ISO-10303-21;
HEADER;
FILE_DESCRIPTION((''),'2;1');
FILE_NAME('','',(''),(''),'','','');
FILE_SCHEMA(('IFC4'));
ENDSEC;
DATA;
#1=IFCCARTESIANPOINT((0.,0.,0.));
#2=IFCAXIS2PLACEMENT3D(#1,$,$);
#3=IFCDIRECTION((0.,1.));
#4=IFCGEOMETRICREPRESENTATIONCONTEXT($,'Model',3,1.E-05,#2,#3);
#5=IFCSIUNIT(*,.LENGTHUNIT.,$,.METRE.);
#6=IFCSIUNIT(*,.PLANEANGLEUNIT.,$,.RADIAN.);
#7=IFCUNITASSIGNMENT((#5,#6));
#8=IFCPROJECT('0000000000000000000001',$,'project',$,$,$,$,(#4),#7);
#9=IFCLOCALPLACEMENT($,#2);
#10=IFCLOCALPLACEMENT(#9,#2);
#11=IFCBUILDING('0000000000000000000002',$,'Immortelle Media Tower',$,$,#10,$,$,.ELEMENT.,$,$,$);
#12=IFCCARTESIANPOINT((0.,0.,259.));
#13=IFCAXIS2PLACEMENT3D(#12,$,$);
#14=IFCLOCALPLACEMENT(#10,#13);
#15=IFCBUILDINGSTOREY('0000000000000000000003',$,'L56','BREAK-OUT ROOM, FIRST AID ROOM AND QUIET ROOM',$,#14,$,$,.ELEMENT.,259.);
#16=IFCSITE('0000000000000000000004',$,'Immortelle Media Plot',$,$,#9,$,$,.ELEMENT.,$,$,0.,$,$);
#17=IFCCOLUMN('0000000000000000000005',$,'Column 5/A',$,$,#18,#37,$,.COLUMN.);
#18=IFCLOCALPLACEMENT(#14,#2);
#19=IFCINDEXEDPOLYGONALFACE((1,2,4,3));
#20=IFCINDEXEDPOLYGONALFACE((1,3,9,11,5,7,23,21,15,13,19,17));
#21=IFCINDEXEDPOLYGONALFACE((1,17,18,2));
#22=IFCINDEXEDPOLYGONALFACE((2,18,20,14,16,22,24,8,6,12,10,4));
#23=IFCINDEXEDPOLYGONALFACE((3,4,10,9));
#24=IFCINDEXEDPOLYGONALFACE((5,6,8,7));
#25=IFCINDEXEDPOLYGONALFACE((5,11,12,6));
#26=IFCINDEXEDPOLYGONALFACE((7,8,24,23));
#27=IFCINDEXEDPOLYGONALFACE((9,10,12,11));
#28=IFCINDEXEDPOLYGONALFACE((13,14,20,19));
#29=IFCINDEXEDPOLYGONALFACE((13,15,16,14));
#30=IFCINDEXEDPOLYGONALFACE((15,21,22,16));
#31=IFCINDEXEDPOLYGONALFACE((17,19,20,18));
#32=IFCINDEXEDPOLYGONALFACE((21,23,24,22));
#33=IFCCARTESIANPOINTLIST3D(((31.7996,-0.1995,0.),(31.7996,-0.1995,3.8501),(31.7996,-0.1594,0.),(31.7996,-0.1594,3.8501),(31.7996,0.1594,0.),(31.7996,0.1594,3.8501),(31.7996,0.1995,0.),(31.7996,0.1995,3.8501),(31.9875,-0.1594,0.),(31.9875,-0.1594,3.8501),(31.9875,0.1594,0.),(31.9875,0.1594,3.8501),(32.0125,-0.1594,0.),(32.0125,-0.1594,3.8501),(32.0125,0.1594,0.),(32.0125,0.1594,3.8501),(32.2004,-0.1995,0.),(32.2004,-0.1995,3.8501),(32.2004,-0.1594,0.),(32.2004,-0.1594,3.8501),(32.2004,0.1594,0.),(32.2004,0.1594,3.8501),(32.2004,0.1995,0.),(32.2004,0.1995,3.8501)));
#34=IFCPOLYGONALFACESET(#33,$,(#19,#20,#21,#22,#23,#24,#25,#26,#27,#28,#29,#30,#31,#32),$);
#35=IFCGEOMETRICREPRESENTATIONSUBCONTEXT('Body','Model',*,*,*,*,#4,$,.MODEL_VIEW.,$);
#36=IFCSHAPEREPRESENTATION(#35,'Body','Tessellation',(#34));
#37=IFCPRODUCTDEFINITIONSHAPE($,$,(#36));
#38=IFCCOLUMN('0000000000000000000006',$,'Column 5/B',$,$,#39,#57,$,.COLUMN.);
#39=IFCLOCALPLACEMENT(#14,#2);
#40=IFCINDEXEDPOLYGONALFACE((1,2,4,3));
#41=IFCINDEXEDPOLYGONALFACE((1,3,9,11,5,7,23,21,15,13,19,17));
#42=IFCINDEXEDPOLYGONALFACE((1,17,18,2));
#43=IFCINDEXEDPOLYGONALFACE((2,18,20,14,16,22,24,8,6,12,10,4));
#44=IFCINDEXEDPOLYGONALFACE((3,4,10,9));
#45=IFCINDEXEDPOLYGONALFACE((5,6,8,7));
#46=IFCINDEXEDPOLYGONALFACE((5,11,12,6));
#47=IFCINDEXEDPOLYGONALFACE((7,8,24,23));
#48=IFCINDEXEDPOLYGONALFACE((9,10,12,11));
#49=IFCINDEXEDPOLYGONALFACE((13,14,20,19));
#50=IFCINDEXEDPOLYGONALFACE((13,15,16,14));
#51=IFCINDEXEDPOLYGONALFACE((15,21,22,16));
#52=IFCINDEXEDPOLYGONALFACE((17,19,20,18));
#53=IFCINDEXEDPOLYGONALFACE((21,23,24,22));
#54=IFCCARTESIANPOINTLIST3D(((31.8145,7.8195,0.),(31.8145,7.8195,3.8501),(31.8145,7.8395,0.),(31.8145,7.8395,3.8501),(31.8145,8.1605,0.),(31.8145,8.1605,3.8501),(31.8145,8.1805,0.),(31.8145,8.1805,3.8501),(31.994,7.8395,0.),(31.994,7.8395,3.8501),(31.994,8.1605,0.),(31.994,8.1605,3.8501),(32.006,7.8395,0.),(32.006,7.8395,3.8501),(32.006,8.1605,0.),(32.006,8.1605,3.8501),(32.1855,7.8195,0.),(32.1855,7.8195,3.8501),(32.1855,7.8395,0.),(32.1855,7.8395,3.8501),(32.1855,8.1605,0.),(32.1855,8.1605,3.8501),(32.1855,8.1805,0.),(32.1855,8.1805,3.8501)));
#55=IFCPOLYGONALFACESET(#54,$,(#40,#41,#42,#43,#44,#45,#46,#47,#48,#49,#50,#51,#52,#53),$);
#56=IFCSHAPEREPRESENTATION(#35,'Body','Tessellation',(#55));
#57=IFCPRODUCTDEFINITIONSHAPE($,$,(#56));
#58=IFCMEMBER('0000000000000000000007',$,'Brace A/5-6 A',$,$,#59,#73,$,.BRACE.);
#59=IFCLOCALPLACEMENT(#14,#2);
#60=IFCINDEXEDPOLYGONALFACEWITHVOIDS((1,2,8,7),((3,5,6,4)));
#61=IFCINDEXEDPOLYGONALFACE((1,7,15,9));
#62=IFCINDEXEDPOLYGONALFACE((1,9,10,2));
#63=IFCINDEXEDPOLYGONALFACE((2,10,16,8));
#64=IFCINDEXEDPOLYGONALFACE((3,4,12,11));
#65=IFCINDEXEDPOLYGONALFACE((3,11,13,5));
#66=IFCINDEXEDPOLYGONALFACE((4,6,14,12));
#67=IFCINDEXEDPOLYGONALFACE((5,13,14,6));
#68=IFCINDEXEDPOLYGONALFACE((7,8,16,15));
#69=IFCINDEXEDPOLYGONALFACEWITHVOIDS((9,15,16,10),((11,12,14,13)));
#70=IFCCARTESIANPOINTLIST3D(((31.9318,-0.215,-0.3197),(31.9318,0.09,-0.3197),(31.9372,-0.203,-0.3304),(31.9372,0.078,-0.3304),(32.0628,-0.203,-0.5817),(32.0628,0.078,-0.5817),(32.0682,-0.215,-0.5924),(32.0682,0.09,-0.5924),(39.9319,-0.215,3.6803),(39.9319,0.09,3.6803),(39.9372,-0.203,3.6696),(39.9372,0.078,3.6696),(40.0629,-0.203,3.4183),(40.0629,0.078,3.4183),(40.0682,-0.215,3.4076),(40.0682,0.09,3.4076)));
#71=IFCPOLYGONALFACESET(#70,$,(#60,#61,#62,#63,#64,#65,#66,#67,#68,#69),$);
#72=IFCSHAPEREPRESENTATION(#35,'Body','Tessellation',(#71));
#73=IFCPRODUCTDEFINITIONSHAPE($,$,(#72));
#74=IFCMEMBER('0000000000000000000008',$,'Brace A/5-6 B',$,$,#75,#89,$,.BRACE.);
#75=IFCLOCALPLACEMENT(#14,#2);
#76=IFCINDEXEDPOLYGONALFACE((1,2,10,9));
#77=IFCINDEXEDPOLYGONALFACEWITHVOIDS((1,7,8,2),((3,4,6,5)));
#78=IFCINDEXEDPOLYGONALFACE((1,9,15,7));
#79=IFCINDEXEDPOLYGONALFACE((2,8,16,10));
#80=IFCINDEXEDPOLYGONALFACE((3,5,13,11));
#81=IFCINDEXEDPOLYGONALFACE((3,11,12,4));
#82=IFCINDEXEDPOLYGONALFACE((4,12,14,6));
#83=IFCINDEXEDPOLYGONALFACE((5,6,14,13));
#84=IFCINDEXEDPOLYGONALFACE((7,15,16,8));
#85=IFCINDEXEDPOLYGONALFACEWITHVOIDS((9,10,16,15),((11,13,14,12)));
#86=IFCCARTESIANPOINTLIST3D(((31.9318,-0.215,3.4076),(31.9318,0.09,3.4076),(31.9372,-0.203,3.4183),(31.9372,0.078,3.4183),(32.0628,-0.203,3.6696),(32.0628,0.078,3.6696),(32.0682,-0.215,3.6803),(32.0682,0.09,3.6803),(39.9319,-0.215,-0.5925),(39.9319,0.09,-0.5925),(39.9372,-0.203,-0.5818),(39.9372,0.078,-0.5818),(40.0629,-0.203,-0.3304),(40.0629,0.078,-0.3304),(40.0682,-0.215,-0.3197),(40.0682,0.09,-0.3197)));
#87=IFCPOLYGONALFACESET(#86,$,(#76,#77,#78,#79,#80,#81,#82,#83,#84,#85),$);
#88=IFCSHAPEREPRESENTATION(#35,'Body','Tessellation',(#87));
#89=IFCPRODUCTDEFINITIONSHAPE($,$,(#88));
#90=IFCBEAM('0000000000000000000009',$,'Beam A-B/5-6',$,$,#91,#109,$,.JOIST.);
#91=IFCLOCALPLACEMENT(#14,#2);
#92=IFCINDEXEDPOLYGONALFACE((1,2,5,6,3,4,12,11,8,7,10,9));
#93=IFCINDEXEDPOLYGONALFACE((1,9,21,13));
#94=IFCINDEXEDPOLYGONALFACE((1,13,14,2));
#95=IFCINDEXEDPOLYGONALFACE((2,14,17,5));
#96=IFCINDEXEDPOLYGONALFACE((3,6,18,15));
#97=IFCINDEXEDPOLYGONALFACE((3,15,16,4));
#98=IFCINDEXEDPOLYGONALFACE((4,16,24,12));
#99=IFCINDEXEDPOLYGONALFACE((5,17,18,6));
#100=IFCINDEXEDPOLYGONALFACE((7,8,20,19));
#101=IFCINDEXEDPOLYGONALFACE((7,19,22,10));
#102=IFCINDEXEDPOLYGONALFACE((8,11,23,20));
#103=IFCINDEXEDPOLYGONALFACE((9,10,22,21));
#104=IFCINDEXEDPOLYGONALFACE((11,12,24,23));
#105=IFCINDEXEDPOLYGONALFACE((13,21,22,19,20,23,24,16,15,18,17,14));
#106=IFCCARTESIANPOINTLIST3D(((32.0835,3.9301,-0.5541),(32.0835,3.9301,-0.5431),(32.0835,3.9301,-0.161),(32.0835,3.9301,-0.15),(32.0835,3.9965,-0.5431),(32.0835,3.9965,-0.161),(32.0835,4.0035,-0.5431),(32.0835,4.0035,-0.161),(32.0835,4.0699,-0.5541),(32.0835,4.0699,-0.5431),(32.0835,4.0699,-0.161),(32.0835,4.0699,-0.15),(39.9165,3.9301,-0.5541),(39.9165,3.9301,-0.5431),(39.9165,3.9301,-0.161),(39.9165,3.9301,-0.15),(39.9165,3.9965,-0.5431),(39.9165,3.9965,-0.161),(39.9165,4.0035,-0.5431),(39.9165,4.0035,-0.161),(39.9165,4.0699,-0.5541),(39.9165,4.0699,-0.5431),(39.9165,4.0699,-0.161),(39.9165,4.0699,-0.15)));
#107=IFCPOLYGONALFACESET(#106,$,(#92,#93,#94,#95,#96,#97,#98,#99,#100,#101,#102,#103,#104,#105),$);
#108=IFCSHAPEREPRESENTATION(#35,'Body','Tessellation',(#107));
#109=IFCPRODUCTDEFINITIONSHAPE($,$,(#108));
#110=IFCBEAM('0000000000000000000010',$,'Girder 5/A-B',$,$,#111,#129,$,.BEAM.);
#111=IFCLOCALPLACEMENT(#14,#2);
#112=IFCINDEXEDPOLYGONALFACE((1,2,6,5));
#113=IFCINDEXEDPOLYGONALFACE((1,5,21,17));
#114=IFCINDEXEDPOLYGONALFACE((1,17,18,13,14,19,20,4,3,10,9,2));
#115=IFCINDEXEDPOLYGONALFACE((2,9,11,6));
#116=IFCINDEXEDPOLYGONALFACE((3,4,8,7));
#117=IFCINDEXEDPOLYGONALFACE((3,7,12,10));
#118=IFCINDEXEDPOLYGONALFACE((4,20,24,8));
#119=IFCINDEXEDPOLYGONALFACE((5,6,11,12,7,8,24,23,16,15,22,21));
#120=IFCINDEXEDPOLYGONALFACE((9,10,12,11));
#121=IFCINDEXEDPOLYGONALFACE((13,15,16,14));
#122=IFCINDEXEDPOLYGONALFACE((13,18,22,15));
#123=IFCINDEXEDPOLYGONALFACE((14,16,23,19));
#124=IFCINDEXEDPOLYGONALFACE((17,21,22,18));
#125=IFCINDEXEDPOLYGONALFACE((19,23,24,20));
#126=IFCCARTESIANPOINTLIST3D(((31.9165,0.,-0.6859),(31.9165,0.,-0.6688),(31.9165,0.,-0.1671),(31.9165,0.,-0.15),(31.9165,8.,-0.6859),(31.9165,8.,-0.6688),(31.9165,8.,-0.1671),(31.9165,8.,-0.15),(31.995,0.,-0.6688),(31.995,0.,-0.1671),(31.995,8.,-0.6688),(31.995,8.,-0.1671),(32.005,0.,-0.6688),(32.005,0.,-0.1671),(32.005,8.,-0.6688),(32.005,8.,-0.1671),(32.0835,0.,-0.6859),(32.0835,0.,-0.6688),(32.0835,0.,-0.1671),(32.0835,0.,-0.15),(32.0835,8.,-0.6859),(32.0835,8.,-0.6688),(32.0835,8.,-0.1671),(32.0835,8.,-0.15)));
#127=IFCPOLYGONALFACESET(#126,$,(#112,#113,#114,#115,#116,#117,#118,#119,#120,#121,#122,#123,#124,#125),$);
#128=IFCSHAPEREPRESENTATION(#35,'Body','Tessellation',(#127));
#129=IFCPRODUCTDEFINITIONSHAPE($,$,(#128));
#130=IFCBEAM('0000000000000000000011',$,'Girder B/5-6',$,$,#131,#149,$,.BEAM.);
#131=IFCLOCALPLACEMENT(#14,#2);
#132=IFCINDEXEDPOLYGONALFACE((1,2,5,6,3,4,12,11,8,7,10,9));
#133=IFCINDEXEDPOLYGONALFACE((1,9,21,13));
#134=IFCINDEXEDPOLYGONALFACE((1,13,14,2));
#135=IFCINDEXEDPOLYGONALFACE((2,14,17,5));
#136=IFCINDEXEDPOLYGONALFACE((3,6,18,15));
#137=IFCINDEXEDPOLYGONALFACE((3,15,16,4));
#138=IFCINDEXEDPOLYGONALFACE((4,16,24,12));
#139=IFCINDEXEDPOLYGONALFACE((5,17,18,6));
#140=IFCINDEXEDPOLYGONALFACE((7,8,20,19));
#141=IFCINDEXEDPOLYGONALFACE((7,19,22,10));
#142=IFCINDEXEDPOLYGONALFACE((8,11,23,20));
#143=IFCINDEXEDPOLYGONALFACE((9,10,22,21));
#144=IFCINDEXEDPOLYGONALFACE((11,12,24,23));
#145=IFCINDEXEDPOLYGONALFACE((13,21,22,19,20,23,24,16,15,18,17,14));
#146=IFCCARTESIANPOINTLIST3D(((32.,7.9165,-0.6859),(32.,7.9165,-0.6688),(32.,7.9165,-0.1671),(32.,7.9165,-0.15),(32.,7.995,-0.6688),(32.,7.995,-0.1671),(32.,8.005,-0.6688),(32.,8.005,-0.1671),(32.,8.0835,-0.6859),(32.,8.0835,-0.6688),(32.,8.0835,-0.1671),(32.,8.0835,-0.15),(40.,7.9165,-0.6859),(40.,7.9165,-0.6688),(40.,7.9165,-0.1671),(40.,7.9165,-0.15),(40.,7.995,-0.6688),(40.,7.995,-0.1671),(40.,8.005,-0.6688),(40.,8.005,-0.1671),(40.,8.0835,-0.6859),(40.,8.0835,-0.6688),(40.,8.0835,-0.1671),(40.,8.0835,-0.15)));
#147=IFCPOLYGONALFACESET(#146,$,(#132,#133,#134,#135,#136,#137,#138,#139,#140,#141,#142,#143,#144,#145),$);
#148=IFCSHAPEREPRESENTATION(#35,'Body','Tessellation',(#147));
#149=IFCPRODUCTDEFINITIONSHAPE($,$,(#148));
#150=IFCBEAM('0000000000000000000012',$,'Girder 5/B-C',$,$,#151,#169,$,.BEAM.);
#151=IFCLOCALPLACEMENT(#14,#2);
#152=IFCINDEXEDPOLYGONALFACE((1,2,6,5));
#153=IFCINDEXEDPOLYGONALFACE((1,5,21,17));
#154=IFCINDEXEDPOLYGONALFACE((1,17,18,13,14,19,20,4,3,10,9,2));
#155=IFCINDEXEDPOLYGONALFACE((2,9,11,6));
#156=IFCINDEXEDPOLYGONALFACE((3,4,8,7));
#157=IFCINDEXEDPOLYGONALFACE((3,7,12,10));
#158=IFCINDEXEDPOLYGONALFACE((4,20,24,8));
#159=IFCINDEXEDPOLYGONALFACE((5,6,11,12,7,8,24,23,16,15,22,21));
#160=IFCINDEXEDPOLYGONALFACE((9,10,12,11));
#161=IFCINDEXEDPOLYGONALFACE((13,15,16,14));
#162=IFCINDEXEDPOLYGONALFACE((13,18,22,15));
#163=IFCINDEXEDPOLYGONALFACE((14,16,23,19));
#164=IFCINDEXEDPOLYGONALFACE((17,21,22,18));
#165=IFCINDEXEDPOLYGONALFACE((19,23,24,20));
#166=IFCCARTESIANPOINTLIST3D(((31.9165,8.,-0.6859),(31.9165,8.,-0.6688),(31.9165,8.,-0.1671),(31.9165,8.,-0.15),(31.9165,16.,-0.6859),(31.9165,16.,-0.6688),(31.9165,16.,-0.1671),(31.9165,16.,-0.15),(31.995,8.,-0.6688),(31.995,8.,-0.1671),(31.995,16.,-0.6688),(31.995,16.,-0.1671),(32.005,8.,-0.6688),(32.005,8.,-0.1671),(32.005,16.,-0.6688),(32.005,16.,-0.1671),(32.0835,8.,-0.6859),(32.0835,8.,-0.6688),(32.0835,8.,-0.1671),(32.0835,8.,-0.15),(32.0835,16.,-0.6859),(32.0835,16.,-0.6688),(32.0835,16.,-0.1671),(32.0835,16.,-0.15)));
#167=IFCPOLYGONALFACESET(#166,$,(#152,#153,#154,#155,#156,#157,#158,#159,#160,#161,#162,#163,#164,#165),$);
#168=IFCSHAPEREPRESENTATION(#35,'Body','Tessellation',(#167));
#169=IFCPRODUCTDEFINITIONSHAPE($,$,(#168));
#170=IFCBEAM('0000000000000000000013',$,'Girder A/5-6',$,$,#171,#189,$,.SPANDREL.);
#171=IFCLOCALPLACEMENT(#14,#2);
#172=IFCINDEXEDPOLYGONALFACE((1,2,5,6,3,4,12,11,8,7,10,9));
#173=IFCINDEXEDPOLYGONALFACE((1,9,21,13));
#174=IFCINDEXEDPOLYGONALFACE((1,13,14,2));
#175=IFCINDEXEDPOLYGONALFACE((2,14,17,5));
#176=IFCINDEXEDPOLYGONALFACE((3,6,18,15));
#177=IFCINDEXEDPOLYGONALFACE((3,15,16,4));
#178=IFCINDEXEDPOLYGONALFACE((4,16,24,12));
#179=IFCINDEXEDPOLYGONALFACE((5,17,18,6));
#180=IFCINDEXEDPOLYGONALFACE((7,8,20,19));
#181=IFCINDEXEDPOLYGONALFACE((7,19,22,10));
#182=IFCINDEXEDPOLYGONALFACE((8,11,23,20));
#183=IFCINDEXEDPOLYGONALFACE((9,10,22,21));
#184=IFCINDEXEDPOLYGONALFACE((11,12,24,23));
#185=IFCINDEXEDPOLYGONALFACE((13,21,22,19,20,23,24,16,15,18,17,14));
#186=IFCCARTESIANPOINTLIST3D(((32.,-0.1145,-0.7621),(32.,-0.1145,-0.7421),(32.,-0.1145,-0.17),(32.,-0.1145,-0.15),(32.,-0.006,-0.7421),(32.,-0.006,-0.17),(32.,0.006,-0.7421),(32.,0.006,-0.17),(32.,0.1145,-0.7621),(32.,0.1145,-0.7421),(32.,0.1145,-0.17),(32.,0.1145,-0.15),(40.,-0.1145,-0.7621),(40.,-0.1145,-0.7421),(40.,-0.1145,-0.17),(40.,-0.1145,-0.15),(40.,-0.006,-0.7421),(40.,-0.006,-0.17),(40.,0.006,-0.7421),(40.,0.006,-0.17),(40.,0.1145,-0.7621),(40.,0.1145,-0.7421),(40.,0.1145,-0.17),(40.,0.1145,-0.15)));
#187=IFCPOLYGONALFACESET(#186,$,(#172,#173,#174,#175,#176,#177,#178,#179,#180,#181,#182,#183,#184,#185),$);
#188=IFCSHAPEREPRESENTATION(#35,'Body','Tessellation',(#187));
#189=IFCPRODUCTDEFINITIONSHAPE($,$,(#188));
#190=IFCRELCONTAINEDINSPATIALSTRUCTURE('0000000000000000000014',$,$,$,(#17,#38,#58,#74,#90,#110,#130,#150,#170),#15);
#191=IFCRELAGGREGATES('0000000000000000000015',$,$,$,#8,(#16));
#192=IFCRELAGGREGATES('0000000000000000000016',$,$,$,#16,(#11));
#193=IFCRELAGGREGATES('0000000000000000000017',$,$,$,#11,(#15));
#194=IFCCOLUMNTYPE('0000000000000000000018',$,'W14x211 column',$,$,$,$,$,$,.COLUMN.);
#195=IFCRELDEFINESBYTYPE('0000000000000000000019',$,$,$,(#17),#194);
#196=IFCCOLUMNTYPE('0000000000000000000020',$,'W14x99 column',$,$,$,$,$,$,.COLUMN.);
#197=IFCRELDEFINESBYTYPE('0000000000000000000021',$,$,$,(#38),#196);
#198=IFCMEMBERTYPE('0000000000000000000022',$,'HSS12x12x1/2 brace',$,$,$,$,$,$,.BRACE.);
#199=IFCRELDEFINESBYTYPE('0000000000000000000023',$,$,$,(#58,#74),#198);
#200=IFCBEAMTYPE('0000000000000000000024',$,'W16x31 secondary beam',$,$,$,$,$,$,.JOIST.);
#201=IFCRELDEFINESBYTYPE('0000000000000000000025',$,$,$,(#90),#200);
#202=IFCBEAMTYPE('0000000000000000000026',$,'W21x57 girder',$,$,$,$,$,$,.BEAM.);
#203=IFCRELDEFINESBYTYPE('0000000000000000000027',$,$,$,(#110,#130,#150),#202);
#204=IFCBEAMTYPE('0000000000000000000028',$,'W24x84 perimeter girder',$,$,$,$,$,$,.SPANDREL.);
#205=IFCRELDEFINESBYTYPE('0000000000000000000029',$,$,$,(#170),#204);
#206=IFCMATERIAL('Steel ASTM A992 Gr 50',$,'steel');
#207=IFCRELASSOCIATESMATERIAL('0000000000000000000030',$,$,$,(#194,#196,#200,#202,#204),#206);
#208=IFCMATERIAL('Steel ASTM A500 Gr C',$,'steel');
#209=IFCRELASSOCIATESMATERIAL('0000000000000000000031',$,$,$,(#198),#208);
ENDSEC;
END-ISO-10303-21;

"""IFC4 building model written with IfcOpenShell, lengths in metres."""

from ifc_helpers import new_model, si_unit, direction, frame, origin, origin_2d, place, context, subcontext, project, spatial, hollow_rectangle, i_section, extrude, material, material_profile, profile_set, type_object, element, save


model = new_model("IFC4")

# Units and contexts
model_context = context("Model", 3, precision=1e-05, world=origin(), true_north=direction((0.0, 1.0)))
body_context = subcontext(model_context, "Body", "Model", "MODEL_VIEW")
ifc_project = project(units=[si_unit("LENGTHUNIT", "METRE"), si_unit("PLANEANGLEUNIT", "RADIAN")], contexts=[model_context])

# Site, building, storey
site_placement = place(None, origin())
site = spatial("IfcSite", under=ifc_project, at=site_placement, Name="Immortelle Media Plot", CompositionType="ELEMENT", RefElevation=0.0)
building_placement = place(site_placement, origin())
building = spatial("IfcBuilding", under=site, at=building_placement, Name="Immortelle Media Tower", CompositionType="ELEMENT")
storey_placement = place(building_placement, frame((0.0, 0.0, 259.0)))
storey = spatial("IfcBuildingStorey", under=building, at=storey_placement, Name="L56", Description="BREAK-OUT ROOM, FIRST AID ROOM AND QUIET ROOM", CompositionType="ELEMENT", Elevation=259.0)

# Columns
ifc_material_1 = material(Name="Steel ASTM A992 Gr 50", Category="steel")
ifc_material_profile_1 = material_profile(ifc_material_1, i_section(OverallWidth=0.4009, OverallDepth=0.3989, WebThickness=0.0249, FlangeThickness=0.04, at=origin_2d()), Name="W14x211")
ifc_profile_set_1 = profile_set([ifc_material_profile_1], Name="Steel ASTM A992 Gr 50")
column_type_1 = type_object("IfcColumnType", Name="W14x211 column", PredefinedType="COLUMN", material=ifc_profile_set_1)
column_1_placement = place(storey_placement, frame((32.0, 0.0, 0.0), z_axis=(0.0, 0.0, 1.0), x_axis=(1.0, 0.0, 0.0)))
element("IfcColumn", 1, at=column_1_placement, inside=storey, type_object=column_type_1, Name="Column 5/A", PredefinedType="COLUMN", context=body_context, shape_type="SweptSolid", body=[
    extrude(i_section(OverallWidth=0.4009, OverallDepth=0.3989, WebThickness=0.0249, FlangeThickness=0.04, at=origin_2d()), origin(), (0.0, 0.0, 1.0), 3.8501),
])
ifc_material_profile_2 = material_profile(ifc_material_1, i_section(OverallWidth=0.3711, OverallDepth=0.3611, WebThickness=0.012, FlangeThickness=0.02, at=origin_2d()), Name="W14x99")
ifc_profile_set_2 = profile_set([ifc_material_profile_2], Name="Steel ASTM A992 Gr 50")
column_type_2 = type_object("IfcColumnType", Name="W14x99 column", PredefinedType="COLUMN", material=ifc_profile_set_2)
column_2_placement = place(storey_placement, frame((32.0, 8.0, 0.0), z_axis=(0.0, 0.0, 1.0), x_axis=(1.0, 0.0, 0.0)))
element("IfcColumn", 2, at=column_2_placement, inside=storey, type_object=column_type_2, Name="Column 5/B", PredefinedType="COLUMN", context=body_context, shape_type="SweptSolid", body=[
    extrude(i_section(OverallWidth=0.3711, OverallDepth=0.3611, WebThickness=0.012, FlangeThickness=0.02, at=origin_2d()), origin(), (0.0, 0.0, 1.0), 3.8501),
])

# Members
ifc_material_2 = material(Name="Steel ASTM A500 Gr C", Category="steel")
ifc_material_profile_3 = material_profile(ifc_material_2, hollow_rectangle(XDim=0.3049, YDim=0.3049, WallThickness=0.012, at=origin_2d()), Name="HSS12x12x1/2 brace")
ifc_profile_set_3 = profile_set([ifc_material_profile_3], Name="Steel ASTM A500 Gr C")
member_type = type_object("IfcMemberType", Name="HSS12x12x1/2 brace", PredefinedType="BRACE", material=ifc_profile_set_3)
for number, where, z_axis, x_axis, name in (
    (3, (32.0, -0.0625, -0.4561), (0.894427, 0.0, 0.447214), (0.0, 1.0, 0.0), "Brace A/5-6 A"),
    (4, (32.0, -0.0625, 3.5439), (0.894427, 0.0, -0.447214), (0.0, 1.0, 0.0), "Brace A/5-6 B"),
):
    element("IfcMember", number, at=place(storey_placement, frame(where, z_axis=z_axis, x_axis=x_axis)), inside=storey, type_object=member_type, Name=name, PredefinedType="BRACE", context=body_context, shape_type="SweptSolid", body=[
        extrude(hollow_rectangle(XDim=0.3049, YDim=0.3049, WallThickness=0.012, at=origin_2d()), origin(), (0.0, 0.0, 1.0), 8.9443),
    ])

# Beams
ifc_material_profile_4 = material_profile(ifc_material_1, i_section(OverallWidth=0.1399, OverallDepth=0.4041, WebThickness=0.0071, FlangeThickness=0.011, at=origin_2d()), Name="W16x31")
ifc_profile_set_4 = profile_set([ifc_material_profile_4], Name="Steel ASTM A992 Gr 50")
beam_type_1 = type_object("IfcBeamType", Name="W16x31 secondary beam", PredefinedType="JOIST", material=ifc_profile_set_4)
beam_1_placement = place(storey_placement, frame((32.0835, 4.0, -0.3521), z_axis=(1.0, 0.0, 0.0), x_axis=(0.0, 1.0, 0.0)))
element("IfcBeam", 5, at=beam_1_placement, inside=storey, type_object=beam_type_1, Name="Beam A-B/5-6", PredefinedType="JOIST", context=body_context, shape_type="SweptSolid", body=[
    extrude(i_section(OverallWidth=0.1399, OverallDepth=0.4041, WebThickness=0.0071, FlangeThickness=0.011, at=origin_2d()), origin(), (0.0, 0.0, 1.0), 7.833),
])
ifc_material_profile_5 = material_profile(ifc_material_1, i_section(OverallWidth=0.167, OverallDepth=0.5359, WebThickness=0.01, FlangeThickness=0.0171, at=origin_2d()), Name="W21x57")
ifc_profile_set_5 = profile_set([ifc_material_profile_5], Name="Steel ASTM A992 Gr 50")
beam_type_2 = type_object("IfcBeamType", Name="W21x57 girder", PredefinedType="BEAM", material=ifc_profile_set_5)
for number, where, z_axis, x_axis, name in (
    (6, (32.0, 0.0, -0.418), (0.0, 1.0, 0.0), (-1.0, 0.0, 0.0), "Girder 5/A-B"),
    (7, (32.0, 8.0, -0.418), (1.0, 0.0, 0.0), (0.0, 1.0, 0.0), "Girder B/5-6"),
    (8, (32.0, 8.0, -0.418), (0.0, 1.0, 0.0), (-1.0, 0.0, 0.0), "Girder 5/B-C"),
):
    element("IfcBeam", number, at=place(storey_placement, frame(where, z_axis=z_axis, x_axis=x_axis)), inside=storey, type_object=beam_type_2, Name=name, PredefinedType="BEAM", context=body_context, shape_type="SweptSolid", body=[
        extrude(i_section(OverallWidth=0.167, OverallDepth=0.5359, WebThickness=0.01, FlangeThickness=0.0171, at=origin_2d()), origin(), (0.0, 0.0, 1.0), 8.0),
    ])
ifc_material_profile_6 = material_profile(ifc_material_1, i_section(OverallWidth=0.229, OverallDepth=0.6121, WebThickness=0.012, FlangeThickness=0.02, at=origin_2d()), Name="W24x84")
ifc_profile_set_6 = profile_set([ifc_material_profile_6], Name="Steel ASTM A992 Gr 50")
beam_type_3 = type_object("IfcBeamType", Name="W24x84 perimeter girder", PredefinedType="SPANDREL", material=ifc_profile_set_6)
beam_2_placement = place(storey_placement, frame((32.0, 0.0, -0.4561), z_axis=(1.0, 0.0, 0.0), x_axis=(0.0, 1.0, 0.0)))
element("IfcBeam", 9, at=beam_2_placement, inside=storey, type_object=beam_type_3, Name="Girder A/5-6", PredefinedType="SPANDREL", context=body_context, shape_type="SweptSolid", body=[
    extrude(i_section(OverallWidth=0.229, OverallDepth=0.6121, WebThickness=0.012, FlangeThickness=0.02, at=origin_2d()), origin(), (0.0, 0.0, 1.0), 8.0),
])

save(model, "model.ifc")
